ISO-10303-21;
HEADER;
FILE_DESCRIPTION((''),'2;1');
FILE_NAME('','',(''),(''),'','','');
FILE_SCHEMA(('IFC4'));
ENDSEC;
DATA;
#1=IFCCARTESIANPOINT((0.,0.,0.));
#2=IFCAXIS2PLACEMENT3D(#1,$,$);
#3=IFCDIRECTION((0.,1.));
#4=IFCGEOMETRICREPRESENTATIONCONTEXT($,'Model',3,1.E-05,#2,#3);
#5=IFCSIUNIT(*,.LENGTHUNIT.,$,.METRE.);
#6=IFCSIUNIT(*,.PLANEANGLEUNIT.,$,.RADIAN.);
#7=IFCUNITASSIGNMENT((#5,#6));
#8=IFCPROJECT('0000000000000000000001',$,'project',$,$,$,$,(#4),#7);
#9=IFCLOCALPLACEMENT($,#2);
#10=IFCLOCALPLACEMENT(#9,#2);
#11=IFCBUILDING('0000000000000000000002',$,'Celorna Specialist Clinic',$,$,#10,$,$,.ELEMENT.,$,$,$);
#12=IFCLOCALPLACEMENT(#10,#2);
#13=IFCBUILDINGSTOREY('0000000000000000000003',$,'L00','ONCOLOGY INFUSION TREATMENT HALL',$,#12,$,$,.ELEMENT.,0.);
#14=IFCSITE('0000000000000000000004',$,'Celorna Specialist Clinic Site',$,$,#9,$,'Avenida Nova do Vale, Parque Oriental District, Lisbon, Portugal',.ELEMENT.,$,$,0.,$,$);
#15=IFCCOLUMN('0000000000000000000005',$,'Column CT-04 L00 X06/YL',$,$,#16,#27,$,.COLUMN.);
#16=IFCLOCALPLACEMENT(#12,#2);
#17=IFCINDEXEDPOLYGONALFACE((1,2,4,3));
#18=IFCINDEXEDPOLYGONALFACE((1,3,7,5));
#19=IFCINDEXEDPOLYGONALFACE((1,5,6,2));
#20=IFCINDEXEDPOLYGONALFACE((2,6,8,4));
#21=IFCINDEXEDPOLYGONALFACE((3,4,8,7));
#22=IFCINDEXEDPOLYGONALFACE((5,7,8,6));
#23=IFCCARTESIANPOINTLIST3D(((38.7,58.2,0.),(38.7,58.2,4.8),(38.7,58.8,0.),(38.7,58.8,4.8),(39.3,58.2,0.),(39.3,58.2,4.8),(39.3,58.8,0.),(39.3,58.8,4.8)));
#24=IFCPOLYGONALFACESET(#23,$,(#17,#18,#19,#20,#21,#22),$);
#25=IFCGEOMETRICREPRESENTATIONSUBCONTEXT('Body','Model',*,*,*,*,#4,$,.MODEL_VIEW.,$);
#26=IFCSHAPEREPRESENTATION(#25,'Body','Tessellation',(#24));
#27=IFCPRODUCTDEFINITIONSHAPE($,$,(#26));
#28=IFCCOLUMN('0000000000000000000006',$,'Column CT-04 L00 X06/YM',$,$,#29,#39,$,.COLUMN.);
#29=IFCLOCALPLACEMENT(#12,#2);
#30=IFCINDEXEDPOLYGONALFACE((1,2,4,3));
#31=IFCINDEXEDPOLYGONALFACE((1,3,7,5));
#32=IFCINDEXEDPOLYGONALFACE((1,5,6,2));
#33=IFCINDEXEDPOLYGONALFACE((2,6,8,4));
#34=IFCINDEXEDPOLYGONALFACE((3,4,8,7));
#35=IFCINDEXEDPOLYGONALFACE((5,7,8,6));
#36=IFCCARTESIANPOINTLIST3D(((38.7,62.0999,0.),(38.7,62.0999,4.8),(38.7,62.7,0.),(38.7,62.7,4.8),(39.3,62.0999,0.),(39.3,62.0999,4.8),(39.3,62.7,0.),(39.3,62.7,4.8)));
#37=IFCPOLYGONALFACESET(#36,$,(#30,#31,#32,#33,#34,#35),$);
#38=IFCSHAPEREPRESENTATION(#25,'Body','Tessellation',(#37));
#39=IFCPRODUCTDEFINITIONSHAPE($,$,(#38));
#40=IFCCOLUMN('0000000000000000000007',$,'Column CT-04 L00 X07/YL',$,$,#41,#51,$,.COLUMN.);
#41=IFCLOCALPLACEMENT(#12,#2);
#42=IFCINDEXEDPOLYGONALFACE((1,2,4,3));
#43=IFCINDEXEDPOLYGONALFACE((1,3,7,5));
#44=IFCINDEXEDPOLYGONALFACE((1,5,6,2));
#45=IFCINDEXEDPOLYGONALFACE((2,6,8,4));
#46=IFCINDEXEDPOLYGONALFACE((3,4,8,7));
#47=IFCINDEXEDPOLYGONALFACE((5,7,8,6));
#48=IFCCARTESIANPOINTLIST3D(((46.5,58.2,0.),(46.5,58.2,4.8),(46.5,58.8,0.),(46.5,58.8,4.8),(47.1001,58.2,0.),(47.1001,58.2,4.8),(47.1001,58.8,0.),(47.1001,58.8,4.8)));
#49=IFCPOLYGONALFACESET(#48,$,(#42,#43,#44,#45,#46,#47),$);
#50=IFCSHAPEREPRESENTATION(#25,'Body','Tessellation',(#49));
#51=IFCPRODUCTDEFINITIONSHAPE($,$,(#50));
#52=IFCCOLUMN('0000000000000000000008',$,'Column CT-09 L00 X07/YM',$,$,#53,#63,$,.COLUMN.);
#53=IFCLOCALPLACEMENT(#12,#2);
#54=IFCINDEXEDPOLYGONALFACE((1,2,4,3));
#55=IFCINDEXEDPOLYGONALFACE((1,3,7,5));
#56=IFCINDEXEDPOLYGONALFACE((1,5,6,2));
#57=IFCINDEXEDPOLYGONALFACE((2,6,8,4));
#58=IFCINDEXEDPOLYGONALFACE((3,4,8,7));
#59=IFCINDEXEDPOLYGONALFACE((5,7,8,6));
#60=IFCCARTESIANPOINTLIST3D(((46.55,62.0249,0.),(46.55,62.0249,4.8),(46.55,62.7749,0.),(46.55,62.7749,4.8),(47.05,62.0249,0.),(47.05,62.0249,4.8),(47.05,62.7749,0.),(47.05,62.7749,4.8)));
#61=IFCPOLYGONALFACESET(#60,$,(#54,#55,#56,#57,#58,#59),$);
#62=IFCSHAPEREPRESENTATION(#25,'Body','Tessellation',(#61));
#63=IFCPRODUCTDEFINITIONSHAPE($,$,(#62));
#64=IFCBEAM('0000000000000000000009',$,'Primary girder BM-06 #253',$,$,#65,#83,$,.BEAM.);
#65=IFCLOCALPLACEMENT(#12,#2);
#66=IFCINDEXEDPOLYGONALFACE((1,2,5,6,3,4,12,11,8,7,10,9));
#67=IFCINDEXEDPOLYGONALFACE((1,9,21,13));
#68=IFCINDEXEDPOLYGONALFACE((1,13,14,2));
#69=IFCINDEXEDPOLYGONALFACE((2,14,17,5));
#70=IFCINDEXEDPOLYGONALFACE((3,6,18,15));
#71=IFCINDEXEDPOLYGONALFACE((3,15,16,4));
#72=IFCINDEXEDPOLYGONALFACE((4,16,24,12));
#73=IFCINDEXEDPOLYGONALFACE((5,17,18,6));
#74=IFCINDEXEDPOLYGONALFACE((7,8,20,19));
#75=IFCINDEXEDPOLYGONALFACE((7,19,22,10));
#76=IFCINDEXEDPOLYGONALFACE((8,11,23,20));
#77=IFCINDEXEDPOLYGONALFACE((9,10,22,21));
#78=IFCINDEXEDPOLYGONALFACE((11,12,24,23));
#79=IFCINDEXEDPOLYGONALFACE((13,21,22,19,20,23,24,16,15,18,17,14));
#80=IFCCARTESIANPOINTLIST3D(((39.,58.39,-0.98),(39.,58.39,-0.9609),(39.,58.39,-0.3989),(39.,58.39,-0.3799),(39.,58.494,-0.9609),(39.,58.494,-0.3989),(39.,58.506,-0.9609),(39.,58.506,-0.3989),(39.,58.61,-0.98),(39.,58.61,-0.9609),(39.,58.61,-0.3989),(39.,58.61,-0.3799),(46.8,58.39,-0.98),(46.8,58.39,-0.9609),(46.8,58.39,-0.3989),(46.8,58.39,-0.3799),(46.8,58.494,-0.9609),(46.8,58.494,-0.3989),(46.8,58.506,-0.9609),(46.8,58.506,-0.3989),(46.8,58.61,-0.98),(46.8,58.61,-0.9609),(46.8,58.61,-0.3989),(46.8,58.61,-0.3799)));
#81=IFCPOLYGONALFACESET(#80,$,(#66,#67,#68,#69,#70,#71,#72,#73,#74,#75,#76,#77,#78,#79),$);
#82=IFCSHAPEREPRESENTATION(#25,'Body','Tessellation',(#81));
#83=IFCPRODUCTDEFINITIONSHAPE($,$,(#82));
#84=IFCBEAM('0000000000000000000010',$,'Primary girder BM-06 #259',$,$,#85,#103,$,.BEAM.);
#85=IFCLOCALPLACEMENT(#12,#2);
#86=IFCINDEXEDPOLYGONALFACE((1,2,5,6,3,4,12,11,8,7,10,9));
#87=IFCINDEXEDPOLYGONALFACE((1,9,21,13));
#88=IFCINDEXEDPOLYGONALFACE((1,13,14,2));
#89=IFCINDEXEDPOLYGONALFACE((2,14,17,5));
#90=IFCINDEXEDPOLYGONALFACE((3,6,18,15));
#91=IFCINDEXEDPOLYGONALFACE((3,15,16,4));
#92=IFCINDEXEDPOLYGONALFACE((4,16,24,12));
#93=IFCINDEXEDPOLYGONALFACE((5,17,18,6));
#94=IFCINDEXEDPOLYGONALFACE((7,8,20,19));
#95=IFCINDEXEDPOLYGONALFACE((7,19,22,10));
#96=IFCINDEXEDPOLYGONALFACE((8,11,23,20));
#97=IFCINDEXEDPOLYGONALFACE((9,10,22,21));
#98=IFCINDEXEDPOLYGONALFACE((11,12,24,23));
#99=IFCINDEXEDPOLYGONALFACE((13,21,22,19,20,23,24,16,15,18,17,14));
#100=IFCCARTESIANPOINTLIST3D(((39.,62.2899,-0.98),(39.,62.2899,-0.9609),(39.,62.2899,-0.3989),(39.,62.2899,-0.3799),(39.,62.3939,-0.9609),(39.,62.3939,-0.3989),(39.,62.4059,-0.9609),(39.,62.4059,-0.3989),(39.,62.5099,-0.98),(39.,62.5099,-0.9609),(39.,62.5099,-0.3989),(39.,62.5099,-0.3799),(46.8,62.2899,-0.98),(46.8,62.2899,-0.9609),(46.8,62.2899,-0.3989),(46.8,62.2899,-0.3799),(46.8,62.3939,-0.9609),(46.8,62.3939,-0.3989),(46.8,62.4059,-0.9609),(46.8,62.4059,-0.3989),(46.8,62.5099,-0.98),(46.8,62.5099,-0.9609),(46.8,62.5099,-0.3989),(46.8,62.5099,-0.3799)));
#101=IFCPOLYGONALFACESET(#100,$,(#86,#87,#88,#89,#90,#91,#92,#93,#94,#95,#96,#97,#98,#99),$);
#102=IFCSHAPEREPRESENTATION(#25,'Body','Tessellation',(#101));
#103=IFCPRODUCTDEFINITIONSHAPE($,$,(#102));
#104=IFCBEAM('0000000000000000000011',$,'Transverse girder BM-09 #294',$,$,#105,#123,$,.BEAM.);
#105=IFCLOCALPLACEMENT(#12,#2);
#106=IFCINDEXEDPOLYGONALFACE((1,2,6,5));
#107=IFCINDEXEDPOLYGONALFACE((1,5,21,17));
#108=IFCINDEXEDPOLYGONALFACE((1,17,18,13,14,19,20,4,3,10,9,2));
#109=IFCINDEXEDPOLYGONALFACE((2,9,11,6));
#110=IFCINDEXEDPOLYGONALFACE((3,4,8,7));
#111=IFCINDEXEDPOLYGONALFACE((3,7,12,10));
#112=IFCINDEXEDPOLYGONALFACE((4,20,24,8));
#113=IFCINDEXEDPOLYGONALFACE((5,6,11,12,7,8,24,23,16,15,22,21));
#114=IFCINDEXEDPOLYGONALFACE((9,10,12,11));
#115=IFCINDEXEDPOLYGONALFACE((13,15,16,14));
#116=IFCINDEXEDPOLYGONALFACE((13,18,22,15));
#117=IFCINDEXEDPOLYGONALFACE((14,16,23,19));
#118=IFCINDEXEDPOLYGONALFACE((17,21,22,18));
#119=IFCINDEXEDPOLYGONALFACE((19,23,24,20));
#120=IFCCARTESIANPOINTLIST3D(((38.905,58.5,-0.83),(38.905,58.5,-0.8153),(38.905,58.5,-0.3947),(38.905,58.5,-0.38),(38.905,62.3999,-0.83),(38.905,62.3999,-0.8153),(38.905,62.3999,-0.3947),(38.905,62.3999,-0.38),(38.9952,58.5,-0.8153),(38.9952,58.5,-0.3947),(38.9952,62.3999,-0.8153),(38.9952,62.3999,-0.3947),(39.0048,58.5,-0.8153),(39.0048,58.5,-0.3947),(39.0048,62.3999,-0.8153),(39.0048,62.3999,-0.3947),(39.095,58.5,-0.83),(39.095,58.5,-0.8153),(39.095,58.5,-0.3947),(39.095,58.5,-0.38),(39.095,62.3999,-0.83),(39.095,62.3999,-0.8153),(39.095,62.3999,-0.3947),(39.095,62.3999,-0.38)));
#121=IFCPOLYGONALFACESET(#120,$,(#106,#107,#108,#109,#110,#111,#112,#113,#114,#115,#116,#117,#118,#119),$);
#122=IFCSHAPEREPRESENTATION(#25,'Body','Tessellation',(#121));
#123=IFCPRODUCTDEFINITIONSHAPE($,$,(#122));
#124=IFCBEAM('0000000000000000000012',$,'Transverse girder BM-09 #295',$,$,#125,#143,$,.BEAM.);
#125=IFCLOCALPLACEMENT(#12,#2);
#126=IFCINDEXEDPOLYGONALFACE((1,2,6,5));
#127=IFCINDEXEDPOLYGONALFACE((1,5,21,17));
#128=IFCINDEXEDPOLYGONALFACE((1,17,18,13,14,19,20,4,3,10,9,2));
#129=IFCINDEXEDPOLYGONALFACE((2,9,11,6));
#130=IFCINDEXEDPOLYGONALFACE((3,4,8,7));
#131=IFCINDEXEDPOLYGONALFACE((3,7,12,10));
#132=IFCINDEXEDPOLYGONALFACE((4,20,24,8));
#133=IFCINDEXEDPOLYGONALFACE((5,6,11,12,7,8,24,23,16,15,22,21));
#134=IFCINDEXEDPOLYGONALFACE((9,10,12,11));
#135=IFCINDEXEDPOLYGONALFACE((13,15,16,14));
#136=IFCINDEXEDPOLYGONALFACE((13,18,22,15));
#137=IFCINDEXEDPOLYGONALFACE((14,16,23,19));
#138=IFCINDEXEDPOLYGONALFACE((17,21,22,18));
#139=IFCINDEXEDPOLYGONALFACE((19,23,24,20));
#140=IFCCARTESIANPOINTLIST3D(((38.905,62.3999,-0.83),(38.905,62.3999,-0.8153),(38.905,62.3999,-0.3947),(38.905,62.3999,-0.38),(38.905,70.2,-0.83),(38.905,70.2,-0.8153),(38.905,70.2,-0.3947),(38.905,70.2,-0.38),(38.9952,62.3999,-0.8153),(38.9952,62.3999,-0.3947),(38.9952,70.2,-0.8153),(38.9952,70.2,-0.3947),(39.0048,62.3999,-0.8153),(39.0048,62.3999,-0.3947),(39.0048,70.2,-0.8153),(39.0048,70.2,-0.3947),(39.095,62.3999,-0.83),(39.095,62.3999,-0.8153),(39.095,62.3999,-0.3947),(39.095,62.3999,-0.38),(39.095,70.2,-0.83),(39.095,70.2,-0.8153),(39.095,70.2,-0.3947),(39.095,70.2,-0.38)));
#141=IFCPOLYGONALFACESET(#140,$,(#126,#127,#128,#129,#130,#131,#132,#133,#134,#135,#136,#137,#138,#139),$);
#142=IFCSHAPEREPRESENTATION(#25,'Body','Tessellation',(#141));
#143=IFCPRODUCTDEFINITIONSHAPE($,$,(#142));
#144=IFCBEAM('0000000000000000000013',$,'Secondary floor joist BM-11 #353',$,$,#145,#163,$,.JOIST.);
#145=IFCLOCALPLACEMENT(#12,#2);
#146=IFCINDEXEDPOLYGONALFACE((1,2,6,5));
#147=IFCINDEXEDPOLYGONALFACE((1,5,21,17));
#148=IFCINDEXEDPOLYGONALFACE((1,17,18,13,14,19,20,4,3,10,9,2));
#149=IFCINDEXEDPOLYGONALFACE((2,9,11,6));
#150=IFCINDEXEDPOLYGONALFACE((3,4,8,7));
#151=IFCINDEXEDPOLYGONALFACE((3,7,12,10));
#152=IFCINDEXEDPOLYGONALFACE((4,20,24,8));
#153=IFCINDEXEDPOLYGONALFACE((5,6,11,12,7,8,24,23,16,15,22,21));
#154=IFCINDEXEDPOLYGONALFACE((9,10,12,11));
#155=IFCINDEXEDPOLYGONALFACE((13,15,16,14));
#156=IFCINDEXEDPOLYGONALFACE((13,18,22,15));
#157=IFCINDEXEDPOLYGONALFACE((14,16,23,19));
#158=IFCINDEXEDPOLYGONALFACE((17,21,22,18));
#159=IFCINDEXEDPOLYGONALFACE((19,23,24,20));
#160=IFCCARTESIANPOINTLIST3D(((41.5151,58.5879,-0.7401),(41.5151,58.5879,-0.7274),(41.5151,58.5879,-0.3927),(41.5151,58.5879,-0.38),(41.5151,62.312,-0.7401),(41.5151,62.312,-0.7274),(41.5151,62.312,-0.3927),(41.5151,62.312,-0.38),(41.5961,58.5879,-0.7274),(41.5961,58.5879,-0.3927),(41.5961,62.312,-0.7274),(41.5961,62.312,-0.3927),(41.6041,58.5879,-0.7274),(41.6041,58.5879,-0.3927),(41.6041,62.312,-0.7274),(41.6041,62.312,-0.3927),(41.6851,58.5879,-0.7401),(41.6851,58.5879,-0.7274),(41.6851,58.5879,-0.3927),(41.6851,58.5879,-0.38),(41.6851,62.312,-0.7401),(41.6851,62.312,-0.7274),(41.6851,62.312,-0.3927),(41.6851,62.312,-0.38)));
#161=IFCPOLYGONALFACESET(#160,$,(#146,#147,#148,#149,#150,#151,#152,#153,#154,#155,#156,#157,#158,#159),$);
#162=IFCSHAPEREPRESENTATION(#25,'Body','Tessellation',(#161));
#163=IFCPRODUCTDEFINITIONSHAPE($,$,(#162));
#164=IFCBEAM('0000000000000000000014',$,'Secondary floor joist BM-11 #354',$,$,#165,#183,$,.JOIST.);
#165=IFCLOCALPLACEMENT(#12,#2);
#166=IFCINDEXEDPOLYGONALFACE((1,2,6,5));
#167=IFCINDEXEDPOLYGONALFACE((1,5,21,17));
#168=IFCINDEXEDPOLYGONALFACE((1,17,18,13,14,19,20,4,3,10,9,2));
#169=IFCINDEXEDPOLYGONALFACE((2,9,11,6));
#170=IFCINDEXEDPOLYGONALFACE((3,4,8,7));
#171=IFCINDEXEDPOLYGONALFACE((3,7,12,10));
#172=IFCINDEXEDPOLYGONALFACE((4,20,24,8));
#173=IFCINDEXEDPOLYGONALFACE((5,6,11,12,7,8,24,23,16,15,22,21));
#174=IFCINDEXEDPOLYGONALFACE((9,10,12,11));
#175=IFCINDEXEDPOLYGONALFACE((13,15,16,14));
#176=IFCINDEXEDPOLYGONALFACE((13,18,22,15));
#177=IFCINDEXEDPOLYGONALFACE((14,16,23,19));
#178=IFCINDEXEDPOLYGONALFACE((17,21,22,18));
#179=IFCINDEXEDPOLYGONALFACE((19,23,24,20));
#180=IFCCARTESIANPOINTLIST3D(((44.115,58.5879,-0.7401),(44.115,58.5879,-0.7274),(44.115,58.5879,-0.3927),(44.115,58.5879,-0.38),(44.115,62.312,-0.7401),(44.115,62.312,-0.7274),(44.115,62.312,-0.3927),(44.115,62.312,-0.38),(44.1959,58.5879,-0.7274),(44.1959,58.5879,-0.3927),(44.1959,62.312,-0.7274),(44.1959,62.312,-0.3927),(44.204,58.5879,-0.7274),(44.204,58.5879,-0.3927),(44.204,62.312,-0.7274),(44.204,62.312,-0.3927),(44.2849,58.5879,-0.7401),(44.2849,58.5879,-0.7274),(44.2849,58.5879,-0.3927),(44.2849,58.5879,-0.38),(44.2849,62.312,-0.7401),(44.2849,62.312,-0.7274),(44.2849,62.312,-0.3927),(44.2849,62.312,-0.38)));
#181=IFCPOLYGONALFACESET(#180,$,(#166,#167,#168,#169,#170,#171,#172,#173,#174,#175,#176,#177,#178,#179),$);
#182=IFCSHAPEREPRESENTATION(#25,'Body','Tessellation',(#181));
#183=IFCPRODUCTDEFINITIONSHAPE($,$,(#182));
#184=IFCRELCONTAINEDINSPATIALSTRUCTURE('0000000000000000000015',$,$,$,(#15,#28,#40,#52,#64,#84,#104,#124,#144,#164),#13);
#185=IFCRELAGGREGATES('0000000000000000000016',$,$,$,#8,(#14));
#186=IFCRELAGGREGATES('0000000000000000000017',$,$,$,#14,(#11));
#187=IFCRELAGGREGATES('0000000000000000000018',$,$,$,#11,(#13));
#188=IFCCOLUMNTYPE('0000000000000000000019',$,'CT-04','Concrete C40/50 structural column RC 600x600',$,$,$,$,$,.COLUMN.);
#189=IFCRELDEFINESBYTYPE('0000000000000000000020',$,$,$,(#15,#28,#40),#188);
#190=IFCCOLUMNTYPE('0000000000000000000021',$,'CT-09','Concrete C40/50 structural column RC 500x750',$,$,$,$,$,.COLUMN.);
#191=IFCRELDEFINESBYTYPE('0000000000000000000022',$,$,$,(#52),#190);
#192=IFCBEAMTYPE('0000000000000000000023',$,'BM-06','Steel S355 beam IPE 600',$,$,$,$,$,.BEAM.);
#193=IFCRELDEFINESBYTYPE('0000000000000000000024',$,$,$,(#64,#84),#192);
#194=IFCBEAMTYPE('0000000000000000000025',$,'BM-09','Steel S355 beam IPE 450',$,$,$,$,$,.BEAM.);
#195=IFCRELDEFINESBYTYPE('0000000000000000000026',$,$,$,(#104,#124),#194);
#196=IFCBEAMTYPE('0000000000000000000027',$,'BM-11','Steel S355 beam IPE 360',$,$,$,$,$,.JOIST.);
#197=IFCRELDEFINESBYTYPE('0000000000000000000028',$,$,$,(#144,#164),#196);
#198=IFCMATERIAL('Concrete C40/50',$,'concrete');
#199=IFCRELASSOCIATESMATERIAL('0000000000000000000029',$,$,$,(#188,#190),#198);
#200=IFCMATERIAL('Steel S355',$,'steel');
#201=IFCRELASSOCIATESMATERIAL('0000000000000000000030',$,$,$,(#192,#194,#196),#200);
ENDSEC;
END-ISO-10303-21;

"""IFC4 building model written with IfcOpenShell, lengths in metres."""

from ifc_helpers import new_model, si_unit, direction, frame, origin, origin_2d, place, context, subcontext, project, spatial, rectangle, i_section, extrude, material, material_profile, profile_set, type_object, element, save


model = new_model("IFC4")

# Units and contexts
model_context = context("Model", 3, precision=1e-05, world=origin(), true_north=direction((0.0, 1.0)))
body_context = subcontext(model_context, "Body", "Model", "MODEL_VIEW")
ifc_project = project(units=[si_unit("LENGTHUNIT", "METRE"), si_unit("PLANEANGLEUNIT", "RADIAN")], contexts=[model_context])

# Site, building, storey
site_placement = place(None, origin())
site = spatial("IfcSite", under=ifc_project, at=site_placement, Name="Celorna Specialist Clinic Site", LongName="Avenida Nova do Vale, Parque Oriental District, Lisbon, Portugal", CompositionType="ELEMENT", RefElevation=0.0)
building_placement = place(site_placement, origin())
building = spatial("IfcBuilding", under=site, at=building_placement, Name="Celorna Specialist Clinic", CompositionType="ELEMENT")
storey_placement = place(building_placement, origin())
storey = spatial("IfcBuildingStorey", under=building, at=storey_placement, Name="L00", Description="ONCOLOGY INFUSION TREATMENT HALL", CompositionType="ELEMENT", Elevation=0.0)

# Columns
ifc_material_1 = material(Name="Concrete C40/50", Category="concrete")
ifc_material_profile_1 = material_profile(ifc_material_1, rectangle(XDim=0.6001, YDim=0.6001, at=origin_2d()), Name="RC 600x600")
ifc_profile_set_1 = profile_set([ifc_material_profile_1], Name="Concrete C40/50")
column_type_1 = type_object("IfcColumnType", Name="CT-04", Description="Concrete C40/50 structural column RC 600x600", PredefinedType="COLUMN", material=ifc_profile_set_1)
for number, where, z_axis, x_axis, name in (
    (1, (39.0, 58.5, 0.0), (0.0, 0.0, 1.0), (1.0, 0.0, 0.0), "Column CT-04 L00 X06/YL"),
    (2, (39.0, 62.3999, 0.0), (0.0, 0.0, 1.0), (1.0, 0.0, 0.0), "Column CT-04 L00 X06/YM"),
    (3, (46.8, 58.5, 0.0), (0.0, 0.0, 1.0), (1.0, 0.0, 0.0), "Column CT-04 L00 X07/YL"),
):
    element("IfcColumn", number, at=place(storey_placement, frame(where, z_axis=z_axis, x_axis=x_axis)), inside=storey, type_object=column_type_1, Name=name, PredefinedType="COLUMN", context=body_context, shape_type="SweptSolid", body=[
        extrude(rectangle(XDim=0.6001, YDim=0.6001, at=origin_2d()), origin(), (0.0, 0.0, 1.0), 4.8),
    ])
ifc_material_profile_2 = material_profile(ifc_material_1, rectangle(XDim=0.5, YDim=0.75, at=origin_2d()), Name="RC 500x750")
ifc_profile_set_2 = profile_set([ifc_material_profile_2], Name="Concrete C40/50")
column_type_2 = type_object("IfcColumnType", Name="CT-09", Description="Concrete C40/50 structural column RC 500x750", PredefinedType="COLUMN", material=ifc_profile_set_2)
column_placement = place(storey_placement, frame((46.8, 62.3999, 0.0), z_axis=(0.0, 0.0, 1.0), x_axis=(1.0, 0.0, 0.0)))
element("IfcColumn", 4, at=column_placement, inside=storey, type_object=column_type_2, Name="Column CT-09 L00 X07/YM", PredefinedType="COLUMN", context=body_context, shape_type="SweptSolid", body=[
    extrude(rectangle(XDim=0.5, YDim=0.75, at=origin_2d()), origin(), (0.0, 0.0, 1.0), 4.8),
])

# Beams
ifc_material_2 = material(Name="Steel S355", Category="steel")
ifc_material_profile_3 = material_profile(ifc_material_2, i_section(OverallWidth=0.22, OverallDepth=0.6001, WebThickness=0.012, FlangeThickness=0.019, at=origin_2d()), Name="IPE 600")
ifc_profile_set_3 = profile_set([ifc_material_profile_3], Name="Steel S355")
beam_type_1 = type_object("IfcBeamType", Name="BM-06", Description="Steel S355 beam IPE 600", PredefinedType="BEAM", material=ifc_profile_set_3)
for number, where, z_axis, x_axis, name in (
    (5, (39.0, 58.5, -0.6799), (1.0, 0.0, 0.0), (0.0, 1.0, 0.0), "Primary girder BM-06 #253"),
    (6, (39.0, 62.3999, -0.6799), (1.0, 0.0, 0.0), (0.0, 1.0, 0.0), "Primary girder BM-06 #259"),
):
    element("IfcBeam", number, at=place(storey_placement, frame(where, z_axis=z_axis, x_axis=x_axis)), inside=storey, type_object=beam_type_1, Name=name, PredefinedType="BEAM", context=body_context, shape_type="SweptSolid", body=[
        extrude(i_section(OverallWidth=0.22, OverallDepth=0.6001, WebThickness=0.012, FlangeThickness=0.019, at=origin_2d()), origin(), (0.0, 0.0, 1.0), 7.8),
    ])
ifc_material_profile_4 = material_profile(ifc_material_2, i_section(OverallWidth=0.1899, OverallDepth=0.45, WebThickness=0.0095, FlangeThickness=0.0146, at=origin_2d()), Name="IPE 450")
ifc_profile_set_4 = profile_set([ifc_material_profile_4], Name="Steel S355")
beam_type_2 = type_object("IfcBeamType", Name="BM-09", Description="Steel S355 beam IPE 450", PredefinedType="BEAM", material=ifc_profile_set_4)
beam_1_placement = place(storey_placement, frame((39.0, 58.5, -0.605), z_axis=(0.0, 1.0, 0.0), x_axis=(-1.0, 0.0, 0.0)))
element("IfcBeam", 7, at=beam_1_placement, inside=storey, type_object=beam_type_2, Name="Transverse girder BM-09 #294", PredefinedType="BEAM", context=body_context, shape_type="SweptSolid", body=[
    extrude(i_section(OverallWidth=0.1899, OverallDepth=0.45, WebThickness=0.0095, FlangeThickness=0.0146, at=origin_2d()), origin(), (0.0, 0.0, 1.0), 3.8999),
])
beam_2_placement = place(storey_placement, frame((39.0, 62.3999, -0.605), z_axis=(0.0, 1.0, 0.0), x_axis=(-1.0, 0.0, 0.0)))
element("IfcBeam", 8, at=beam_2_placement, inside=storey, type_object=beam_type_2, Name="Transverse girder BM-09 #295", PredefinedType="BEAM", context=body_context, shape_type="SweptSolid", body=[
    extrude(i_section(OverallWidth=0.1899, OverallDepth=0.45, WebThickness=0.0095, FlangeThickness=0.0146, at=origin_2d()), origin(), (0.0, 0.0, 1.0), 7.8),
])
ifc_material_profile_5 = material_profile(ifc_material_2, i_section(OverallWidth=0.1699, OverallDepth=0.3601, WebThickness=0.0081, FlangeThickness=0.0127, at=origin_2d()), Name="IPE 360")
ifc_profile_set_5 = profile_set([ifc_material_profile_5], Name="Steel S355")
beam_type_3 = type_object("IfcBeamType", Name="BM-11", Description="Steel S355 beam IPE 360", PredefinedType="JOIST", material=ifc_profile_set_5)
for number, where, z_axis, x_axis, name in (
    (9, (41.6001, 58.5879, -0.5601), (0.0, 1.0, 0.0), (-1.0, 0.0, 0.0), "Secondary floor joist BM-11 #353"),
    (10, (44.2, 58.5879, -0.5601), (0.0, 1.0, 0.0), (-1.0, 0.0, 0.0), "Secondary floor joist BM-11 #354"),
):
    element("IfcBeam", number, at=place(storey_placement, frame(where, z_axis=z_axis, x_axis=x_axis)), inside=storey, type_object=beam_type_3, Name=name, PredefinedType="JOIST", context=body_context, shape_type="SweptSolid", body=[
        extrude(i_section(OverallWidth=0.1699, OverallDepth=0.3601, WebThickness=0.0081, FlangeThickness=0.0127, at=origin_2d()), origin(), (0.0, 0.0, 1.0), 3.7241),
    ])

save(model, "model.ifc")
